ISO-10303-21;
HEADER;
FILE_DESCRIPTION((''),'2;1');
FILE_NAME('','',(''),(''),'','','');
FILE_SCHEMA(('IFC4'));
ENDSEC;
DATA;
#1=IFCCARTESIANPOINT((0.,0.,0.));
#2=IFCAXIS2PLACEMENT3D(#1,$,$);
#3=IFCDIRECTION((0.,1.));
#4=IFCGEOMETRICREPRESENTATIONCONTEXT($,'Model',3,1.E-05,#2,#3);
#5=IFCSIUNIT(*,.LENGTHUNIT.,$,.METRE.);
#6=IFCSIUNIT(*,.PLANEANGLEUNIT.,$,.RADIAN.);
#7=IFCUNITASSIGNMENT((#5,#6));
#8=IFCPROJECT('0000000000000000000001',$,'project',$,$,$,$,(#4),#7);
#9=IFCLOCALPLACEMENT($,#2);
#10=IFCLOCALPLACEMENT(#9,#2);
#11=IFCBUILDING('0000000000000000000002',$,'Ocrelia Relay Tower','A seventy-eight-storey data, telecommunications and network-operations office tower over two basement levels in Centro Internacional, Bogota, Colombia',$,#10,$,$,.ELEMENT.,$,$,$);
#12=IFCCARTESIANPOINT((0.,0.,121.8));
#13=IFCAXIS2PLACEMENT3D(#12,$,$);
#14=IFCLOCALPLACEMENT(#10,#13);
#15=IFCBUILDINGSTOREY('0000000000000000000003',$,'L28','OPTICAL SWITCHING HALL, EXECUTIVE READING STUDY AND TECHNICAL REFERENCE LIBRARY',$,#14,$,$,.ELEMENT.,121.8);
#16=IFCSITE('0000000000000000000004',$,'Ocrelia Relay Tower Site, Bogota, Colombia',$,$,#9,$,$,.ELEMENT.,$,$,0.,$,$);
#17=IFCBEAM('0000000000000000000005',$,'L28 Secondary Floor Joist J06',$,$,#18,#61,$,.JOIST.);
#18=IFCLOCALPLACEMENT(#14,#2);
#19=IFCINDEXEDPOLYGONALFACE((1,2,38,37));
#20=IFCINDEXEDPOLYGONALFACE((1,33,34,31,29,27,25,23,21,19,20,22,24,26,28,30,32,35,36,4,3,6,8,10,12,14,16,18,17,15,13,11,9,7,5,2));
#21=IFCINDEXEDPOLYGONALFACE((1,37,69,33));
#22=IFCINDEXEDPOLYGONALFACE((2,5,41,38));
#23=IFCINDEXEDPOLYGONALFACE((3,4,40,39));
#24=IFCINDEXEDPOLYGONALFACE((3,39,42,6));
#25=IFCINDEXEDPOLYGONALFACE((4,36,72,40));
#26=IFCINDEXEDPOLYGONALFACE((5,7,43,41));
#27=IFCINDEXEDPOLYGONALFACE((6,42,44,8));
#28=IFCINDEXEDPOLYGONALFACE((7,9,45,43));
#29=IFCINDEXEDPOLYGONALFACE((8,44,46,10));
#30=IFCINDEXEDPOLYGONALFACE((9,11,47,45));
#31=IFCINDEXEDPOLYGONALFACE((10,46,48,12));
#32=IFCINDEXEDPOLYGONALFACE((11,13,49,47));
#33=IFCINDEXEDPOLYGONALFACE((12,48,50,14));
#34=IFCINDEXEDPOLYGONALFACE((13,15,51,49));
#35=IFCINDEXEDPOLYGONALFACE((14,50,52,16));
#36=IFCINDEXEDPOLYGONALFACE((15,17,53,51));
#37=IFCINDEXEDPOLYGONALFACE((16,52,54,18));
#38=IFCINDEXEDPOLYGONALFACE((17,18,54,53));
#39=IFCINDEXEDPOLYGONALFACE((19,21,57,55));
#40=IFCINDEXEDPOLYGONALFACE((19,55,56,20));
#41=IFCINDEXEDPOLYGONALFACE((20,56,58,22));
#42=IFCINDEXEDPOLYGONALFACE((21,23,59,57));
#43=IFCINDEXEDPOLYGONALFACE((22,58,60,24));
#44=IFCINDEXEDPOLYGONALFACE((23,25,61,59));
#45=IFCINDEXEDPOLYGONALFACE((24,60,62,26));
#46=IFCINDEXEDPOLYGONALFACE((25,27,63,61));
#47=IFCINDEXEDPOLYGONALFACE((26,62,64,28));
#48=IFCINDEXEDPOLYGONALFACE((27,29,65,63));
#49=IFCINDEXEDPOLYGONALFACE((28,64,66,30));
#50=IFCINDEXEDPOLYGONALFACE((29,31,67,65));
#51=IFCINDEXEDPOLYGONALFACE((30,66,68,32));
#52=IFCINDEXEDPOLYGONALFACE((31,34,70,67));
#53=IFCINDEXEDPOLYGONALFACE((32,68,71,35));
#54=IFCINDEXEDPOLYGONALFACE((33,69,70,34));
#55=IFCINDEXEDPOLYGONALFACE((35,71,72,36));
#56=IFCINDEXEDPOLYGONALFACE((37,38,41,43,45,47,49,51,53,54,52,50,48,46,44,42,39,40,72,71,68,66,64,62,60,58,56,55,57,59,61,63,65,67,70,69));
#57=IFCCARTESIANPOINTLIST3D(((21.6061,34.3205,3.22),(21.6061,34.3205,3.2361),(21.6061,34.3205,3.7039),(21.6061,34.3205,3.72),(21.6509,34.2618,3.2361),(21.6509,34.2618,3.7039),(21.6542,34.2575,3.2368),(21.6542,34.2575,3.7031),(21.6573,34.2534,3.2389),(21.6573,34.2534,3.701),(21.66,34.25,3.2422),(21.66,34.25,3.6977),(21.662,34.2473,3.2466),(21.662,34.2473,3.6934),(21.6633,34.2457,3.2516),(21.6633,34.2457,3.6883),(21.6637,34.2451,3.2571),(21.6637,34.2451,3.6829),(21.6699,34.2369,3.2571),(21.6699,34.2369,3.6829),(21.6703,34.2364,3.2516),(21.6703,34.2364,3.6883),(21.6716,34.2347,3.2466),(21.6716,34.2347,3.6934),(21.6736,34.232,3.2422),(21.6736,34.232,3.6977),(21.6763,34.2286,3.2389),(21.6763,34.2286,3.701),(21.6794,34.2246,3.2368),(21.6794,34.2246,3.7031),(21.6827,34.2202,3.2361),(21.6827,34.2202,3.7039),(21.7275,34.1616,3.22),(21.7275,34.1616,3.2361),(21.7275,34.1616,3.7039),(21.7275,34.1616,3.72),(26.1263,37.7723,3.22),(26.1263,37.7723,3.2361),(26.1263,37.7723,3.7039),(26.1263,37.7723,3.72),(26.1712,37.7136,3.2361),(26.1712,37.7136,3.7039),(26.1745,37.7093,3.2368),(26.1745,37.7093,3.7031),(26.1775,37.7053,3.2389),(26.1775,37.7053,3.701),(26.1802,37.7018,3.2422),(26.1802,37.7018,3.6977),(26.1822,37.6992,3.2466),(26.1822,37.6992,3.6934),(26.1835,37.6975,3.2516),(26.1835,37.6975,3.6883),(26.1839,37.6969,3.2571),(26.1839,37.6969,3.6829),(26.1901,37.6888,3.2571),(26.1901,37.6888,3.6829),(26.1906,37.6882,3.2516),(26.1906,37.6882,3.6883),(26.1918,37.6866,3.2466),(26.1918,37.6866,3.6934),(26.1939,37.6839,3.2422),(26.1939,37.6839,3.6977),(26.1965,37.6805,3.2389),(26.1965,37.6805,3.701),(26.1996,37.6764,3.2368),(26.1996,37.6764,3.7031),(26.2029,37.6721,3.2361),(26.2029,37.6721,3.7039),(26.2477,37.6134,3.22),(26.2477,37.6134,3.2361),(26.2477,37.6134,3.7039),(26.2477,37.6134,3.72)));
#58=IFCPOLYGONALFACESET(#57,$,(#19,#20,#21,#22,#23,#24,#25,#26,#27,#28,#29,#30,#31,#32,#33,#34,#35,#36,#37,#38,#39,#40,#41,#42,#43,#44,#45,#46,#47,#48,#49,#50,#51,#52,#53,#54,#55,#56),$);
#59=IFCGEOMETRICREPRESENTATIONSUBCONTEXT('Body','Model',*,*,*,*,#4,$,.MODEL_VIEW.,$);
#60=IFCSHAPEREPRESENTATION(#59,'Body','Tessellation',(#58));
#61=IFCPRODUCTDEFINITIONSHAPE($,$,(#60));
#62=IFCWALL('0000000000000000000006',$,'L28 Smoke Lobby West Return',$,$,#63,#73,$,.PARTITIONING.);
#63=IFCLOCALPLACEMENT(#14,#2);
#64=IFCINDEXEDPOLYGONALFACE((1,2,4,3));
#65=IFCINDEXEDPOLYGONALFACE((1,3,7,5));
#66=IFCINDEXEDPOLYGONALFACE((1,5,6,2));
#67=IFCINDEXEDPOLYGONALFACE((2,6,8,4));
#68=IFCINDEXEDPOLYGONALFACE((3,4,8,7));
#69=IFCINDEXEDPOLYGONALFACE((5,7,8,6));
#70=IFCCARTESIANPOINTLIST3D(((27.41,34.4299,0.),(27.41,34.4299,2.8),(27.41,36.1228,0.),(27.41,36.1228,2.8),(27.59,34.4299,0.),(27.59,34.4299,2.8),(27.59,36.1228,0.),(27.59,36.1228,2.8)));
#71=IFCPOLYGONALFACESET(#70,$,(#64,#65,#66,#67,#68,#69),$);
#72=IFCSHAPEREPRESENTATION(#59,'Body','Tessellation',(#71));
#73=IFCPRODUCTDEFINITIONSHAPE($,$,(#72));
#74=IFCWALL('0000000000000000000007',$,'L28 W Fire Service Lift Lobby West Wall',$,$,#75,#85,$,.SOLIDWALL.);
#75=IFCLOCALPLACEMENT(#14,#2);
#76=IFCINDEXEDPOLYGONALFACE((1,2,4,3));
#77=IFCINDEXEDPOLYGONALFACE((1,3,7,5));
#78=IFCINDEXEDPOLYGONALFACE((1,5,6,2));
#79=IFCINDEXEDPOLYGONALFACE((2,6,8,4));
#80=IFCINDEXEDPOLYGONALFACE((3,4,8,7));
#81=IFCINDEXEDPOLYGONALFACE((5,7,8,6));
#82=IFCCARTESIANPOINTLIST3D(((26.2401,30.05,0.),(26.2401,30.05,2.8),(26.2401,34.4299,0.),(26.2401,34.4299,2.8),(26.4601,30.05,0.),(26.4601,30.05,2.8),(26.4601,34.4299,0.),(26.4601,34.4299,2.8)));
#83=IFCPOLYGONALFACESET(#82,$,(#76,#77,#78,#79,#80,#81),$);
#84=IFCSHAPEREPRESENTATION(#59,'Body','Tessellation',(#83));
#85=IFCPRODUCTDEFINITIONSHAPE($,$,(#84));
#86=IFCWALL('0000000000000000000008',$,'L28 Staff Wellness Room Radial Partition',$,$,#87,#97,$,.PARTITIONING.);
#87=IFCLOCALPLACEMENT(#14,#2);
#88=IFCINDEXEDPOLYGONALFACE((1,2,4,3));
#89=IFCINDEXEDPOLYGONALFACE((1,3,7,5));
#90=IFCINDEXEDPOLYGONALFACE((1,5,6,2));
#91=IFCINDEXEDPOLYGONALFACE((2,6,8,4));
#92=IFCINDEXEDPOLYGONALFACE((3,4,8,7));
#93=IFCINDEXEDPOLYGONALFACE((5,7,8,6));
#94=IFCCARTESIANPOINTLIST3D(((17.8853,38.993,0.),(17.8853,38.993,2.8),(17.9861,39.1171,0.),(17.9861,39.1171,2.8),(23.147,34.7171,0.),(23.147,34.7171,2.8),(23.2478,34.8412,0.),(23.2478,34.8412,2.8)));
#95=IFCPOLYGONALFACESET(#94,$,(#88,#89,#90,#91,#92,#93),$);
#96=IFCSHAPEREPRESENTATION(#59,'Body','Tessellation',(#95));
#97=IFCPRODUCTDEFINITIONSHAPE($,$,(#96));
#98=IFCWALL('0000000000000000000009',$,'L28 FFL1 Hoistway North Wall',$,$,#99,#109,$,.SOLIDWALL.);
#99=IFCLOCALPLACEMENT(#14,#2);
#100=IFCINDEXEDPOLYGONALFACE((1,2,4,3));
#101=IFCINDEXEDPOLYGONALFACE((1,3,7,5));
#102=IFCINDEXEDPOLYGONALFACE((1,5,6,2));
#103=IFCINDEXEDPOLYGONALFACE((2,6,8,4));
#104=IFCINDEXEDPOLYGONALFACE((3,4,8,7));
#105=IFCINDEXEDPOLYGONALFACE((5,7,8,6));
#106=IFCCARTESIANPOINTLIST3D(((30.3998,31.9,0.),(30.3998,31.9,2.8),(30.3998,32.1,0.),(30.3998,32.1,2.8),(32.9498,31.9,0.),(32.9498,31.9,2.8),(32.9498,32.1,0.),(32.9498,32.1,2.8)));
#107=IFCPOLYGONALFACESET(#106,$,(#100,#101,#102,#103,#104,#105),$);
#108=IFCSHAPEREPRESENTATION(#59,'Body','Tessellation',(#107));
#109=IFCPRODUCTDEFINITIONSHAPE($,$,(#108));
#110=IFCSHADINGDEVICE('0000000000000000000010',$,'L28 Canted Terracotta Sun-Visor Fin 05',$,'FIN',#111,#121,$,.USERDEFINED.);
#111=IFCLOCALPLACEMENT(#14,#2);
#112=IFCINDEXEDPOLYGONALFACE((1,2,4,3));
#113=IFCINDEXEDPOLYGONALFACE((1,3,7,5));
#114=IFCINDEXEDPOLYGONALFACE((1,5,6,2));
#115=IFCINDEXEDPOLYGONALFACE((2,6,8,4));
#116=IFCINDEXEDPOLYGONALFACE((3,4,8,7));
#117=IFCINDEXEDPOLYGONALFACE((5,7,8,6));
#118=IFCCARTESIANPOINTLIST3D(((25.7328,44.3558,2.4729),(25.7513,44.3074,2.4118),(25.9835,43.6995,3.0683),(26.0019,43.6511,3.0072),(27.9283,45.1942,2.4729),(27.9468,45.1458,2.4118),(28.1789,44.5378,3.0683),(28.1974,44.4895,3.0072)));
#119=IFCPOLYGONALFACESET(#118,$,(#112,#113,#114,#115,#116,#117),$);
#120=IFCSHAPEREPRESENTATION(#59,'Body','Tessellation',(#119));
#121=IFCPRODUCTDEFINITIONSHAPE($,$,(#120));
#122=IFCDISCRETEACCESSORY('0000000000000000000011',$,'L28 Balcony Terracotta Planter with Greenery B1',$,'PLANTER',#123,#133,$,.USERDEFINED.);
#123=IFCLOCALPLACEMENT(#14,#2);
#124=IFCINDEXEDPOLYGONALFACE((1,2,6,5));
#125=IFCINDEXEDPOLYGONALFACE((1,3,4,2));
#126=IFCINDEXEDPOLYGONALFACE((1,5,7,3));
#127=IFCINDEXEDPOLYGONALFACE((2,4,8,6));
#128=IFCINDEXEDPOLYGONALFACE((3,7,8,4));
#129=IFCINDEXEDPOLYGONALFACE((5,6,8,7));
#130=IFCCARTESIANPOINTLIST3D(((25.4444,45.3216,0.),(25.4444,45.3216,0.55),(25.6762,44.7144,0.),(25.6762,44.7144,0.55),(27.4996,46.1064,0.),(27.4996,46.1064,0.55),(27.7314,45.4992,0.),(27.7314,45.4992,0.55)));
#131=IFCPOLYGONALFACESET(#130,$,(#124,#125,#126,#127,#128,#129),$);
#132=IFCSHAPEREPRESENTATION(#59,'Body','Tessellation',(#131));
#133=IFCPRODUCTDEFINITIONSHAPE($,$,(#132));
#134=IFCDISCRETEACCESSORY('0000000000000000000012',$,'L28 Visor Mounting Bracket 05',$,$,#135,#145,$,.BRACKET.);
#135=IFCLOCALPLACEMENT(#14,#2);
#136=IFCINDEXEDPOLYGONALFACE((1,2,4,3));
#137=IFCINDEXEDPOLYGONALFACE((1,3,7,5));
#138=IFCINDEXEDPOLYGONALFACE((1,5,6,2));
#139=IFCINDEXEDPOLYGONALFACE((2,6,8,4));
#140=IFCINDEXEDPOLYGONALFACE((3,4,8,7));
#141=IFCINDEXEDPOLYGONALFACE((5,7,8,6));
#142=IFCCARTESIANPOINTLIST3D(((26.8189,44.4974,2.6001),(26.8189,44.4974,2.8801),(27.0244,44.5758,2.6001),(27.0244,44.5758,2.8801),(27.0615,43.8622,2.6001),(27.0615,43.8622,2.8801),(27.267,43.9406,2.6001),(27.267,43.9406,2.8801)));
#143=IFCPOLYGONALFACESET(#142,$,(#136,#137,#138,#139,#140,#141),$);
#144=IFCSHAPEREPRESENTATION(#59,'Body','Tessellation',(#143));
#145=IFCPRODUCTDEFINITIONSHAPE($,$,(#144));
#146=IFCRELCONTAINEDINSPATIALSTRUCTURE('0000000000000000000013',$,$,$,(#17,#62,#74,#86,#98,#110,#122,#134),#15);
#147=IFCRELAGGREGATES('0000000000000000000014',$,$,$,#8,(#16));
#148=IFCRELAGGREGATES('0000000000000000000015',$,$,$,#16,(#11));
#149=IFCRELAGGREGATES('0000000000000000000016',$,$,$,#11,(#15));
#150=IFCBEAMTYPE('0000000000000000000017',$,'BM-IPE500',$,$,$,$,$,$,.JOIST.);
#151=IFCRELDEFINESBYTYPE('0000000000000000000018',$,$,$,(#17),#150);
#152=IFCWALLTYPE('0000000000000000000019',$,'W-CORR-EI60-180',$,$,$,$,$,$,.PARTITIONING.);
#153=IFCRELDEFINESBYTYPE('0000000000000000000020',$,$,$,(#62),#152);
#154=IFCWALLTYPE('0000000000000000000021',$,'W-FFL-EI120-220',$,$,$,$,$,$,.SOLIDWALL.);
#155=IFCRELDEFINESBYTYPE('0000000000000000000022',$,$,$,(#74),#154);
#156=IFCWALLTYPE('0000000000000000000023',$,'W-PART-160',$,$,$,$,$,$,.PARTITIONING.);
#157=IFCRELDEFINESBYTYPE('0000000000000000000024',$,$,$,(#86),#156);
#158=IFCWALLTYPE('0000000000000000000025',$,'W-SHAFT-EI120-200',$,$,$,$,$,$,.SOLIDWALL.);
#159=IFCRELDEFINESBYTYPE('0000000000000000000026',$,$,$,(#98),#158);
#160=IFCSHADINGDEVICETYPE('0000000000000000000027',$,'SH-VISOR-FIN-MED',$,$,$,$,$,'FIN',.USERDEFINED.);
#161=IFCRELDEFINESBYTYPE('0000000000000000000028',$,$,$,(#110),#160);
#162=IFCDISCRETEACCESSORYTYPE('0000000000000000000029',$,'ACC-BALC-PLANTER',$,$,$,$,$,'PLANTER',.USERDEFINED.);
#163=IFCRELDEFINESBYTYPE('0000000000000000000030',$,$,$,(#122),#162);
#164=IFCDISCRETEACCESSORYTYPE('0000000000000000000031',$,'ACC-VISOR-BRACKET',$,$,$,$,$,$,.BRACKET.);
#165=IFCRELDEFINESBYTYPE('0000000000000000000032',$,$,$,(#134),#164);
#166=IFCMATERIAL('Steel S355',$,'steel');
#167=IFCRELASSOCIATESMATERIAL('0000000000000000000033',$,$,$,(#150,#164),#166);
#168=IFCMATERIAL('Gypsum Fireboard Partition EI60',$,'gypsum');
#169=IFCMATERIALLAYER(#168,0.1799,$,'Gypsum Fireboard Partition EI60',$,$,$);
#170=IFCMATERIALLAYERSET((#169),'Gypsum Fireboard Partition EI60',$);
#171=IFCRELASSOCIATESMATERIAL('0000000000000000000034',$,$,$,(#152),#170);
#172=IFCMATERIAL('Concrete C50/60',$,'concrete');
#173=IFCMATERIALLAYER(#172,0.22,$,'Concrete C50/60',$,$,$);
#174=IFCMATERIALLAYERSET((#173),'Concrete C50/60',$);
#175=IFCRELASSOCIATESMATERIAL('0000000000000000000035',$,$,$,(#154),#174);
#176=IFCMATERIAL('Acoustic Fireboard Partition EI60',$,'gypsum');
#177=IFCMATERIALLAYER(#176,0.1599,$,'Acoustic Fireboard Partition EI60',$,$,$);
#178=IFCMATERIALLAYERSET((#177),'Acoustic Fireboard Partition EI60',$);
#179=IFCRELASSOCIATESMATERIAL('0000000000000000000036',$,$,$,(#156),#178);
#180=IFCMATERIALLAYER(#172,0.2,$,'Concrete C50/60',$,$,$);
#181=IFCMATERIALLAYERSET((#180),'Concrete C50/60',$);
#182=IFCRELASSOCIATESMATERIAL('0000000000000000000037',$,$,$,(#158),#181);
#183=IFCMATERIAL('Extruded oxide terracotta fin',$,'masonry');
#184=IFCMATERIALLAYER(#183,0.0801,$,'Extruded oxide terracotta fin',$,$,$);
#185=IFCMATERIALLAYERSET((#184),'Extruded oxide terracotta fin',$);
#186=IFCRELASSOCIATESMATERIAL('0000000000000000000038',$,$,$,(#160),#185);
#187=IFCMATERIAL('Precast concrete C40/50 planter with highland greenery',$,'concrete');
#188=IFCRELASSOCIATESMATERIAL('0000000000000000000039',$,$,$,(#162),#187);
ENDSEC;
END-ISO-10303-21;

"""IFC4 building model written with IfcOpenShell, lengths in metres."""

from ifc_helpers import new_model, si_unit, direction, frame, frame_2d, origin, origin_2d, place, context, subcontext, project, spatial, rectangle, i_section, extrude, material, layer, layer_set, material_profile, profile_set, type_object, element, save


model = new_model("IFC4")

# Units and contexts
model_context = context("Model", 3, precision=1e-05, world=origin(), true_north=direction((0.0, 1.0)))
body_context = subcontext(model_context, "Body", "Model", "MODEL_VIEW")
ifc_project = project(units=[si_unit("LENGTHUNIT", "METRE"), si_unit("PLANEANGLEUNIT", "RADIAN")], contexts=[model_context])

# Site, building, storey
site_placement = place(None, origin())
site = spatial("IfcSite", under=ifc_project, at=site_placement, Name="Ocrelia Relay Tower Site, Bogota, Colombia", CompositionType="ELEMENT", RefElevation=0.0)
building_placement = place(site_placement, origin())
building = spatial("IfcBuilding", under=site, at=building_placement, Name="Ocrelia Relay Tower", Description="A seventy-eight-storey data, telecommunications and network-operations office tower over two basement levels in Centro Internacional, Bogota, Colombia", CompositionType="ELEMENT")
storey_placement = place(building_placement, frame((0.0, 0.0, 121.8)))
storey = spatial("IfcBuildingStorey", under=building, at=storey_placement, Name="L28", Description="OPTICAL SWITCHING HALL, EXECUTIVE READING STUDY AND TECHNICAL REFERENCE LIBRARY", CompositionType="ELEMENT", Elevation=121.8)

# Beam
ifc_material_1 = material(Name="Steel S355", Category="steel")
ifc_material_profile_1 = material_profile(ifc_material_1, i_section(OverallWidth=0.2, OverallDepth=0.5, WebThickness=0.0103, FlangeThickness=0.0161, FilletRadius=0.021, at=origin_2d()), Name="IPE 500")
ifc_profile_set_1 = profile_set([ifc_material_profile_1], Name="Steel S355")
beam_type_1 = type_object("IfcBeamType", Name="BM-IPE500", PredefinedType="JOIST", material=ifc_profile_set_1)
beam_1_placement = place(storey_placement, frame((26.187, 37.6929, 3.47), z_axis=(-0.794762, -0.606921, 0.0), x_axis=(0.606921, -0.794762, 0.0)))
element("IfcBeam", 1, at=beam_1_placement, inside=storey, type_object=beam_type_1, Name="L28 Secondary Floor Joist J06", PredefinedType="JOIST", context=body_context, shape_type="SweptSolid", body=[
    extrude(i_section(OverallWidth=0.2, OverallDepth=0.5, WebThickness=0.0103, FlangeThickness=0.0161, FilletRadius=0.021, at=origin_2d()), origin(), (0.0, 0.0, 1.0), 5.6875),
])

# Wall
ifc_material_2 = material(Name="Gypsum Fireboard Partition EI60", Category="gypsum")
ifc_layer_1 = layer(ifc_material_2, 0.1799, Name="Gypsum Fireboard Partition EI60")
ifc_layer_set_1 = layer_set([ifc_layer_1], Name="Gypsum Fireboard Partition EI60")
wall_type_1 = type_object("IfcWallType", Name="W-CORR-EI60-180", PredefinedType="PARTITIONING", material=ifc_layer_set_1)
wall_1_placement = place(storey_placement, frame((27.5, 34.4299, 0.0), z_axis=(0.0, 0.0, 1.0), x_axis=(0.0, 1.0, 0.0)))
element("IfcWall", 2, at=wall_1_placement, inside=storey, type_object=wall_type_1, Name="L28 Smoke Lobby West Return", PredefinedType="PARTITIONING", context=body_context, shape_type="SweptSolid", body=[
    extrude(rectangle(XDim=1.6929, YDim=0.1799, at=frame_2d((0.8464, 0.0))), origin(), (0.0, 0.0, 1.0), 2.8),
])

# Wall
ifc_material_3 = material(Name="Concrete C50/60", Category="concrete")
ifc_layer_2 = layer(ifc_material_3, 0.22, Name="Concrete C50/60")
ifc_layer_set_2 = layer_set([ifc_layer_2], Name="Concrete C50/60")
wall_type_2 = type_object("IfcWallType", Name="W-FFL-EI120-220", PredefinedType="SOLIDWALL", material=ifc_layer_set_2)
wall_2_placement = place(storey_placement, frame((26.3501, 30.05, 0.0), z_axis=(0.0, 0.0, 1.0), x_axis=(0.0, 1.0, 0.0)))
element("IfcWall", 3, at=wall_2_placement, inside=storey, type_object=wall_type_2, Name="L28 W Fire Service Lift Lobby West Wall", PredefinedType="SOLIDWALL", context=body_context, shape_type="SweptSolid", body=[
    extrude(rectangle(XDim=4.3799, YDim=0.22, at=frame_2d((2.1899, 0.0))), origin(), (0.0, 0.0, 1.0), 2.8),
])

# Walls
ifc_material_4 = material(Name="Acoustic Fireboard Partition EI60", Category="gypsum")
ifc_layer_3 = layer(ifc_material_4, 0.1599, Name="Acoustic Fireboard Partition EI60")
ifc_layer_set_3 = layer_set([ifc_layer_3], Name="Acoustic Fireboard Partition EI60")
wall_type_3 = type_object("IfcWallType", Name="W-PART-160", PredefinedType="PARTITIONING", material=ifc_layer_set_3)
wall_3_placement = place(storey_placement, frame((23.1975, 34.7791, 0.0), z_axis=(0.0, 0.0, 1.0), x_axis=(-0.776061, 0.630658, 0.0)))
element("IfcWall", 4, at=wall_3_placement, inside=storey, type_object=wall_type_3, Name="L28 Staff Wellness Room Radial Partition", PredefinedType="PARTITIONING", context=body_context, shape_type="SweptSolid", body=[
    extrude(rectangle(XDim=6.78, YDim=0.1599, at=frame_2d((3.3901, 0.0))), origin(), (0.0, 0.0, 1.0), 2.8),
])
ifc_layer_4 = layer(ifc_material_3, 0.2, Name="Concrete C50/60")
ifc_layer_set_4 = layer_set([ifc_layer_4], Name="Concrete C50/60")
wall_type_4 = type_object("IfcWallType", Name="W-SHAFT-EI120-200", PredefinedType="SOLIDWALL", material=ifc_layer_set_4)
wall_4_placement = place(storey_placement, frame((30.3999, 32.0, 0.0), z_axis=(0.0, 0.0, 1.0), x_axis=(1.0, 0.0, 0.0)))
element("IfcWall", 5, at=wall_4_placement, inside=storey, type_object=wall_type_4, Name="L28 FFL1 Hoistway North Wall", PredefinedType="SOLIDWALL", context=body_context, shape_type="SweptSolid", body=[
    extrude(rectangle(XDim=2.55, YDim=0.2, at=frame_2d((1.2749, 0.0))), origin(), (0.0, 0.0, 1.0), 2.8),
])

# Shading device
ifc_material_5 = material(Name="Extruded oxide terracotta fin", Category="masonry")
ifc_layer_5 = layer(ifc_material_5, 0.0801, Name="Extruded oxide terracotta fin")
ifc_layer_set_5 = layer_set([ifc_layer_5], Name="Extruded oxide terracotta fin")
shading_device_type = type_object("IfcShadingDeviceType", Name="SH-VISOR-FIN-MED", ElementType="FIN", PredefinedType="USERDEFINED", material=ifc_layer_set_5)
shading_device_placement = place(storey_placement, frame((26.9744, 44.3984, 2.7095), z_axis=(-0.230641, 0.603985, 0.762894), x_axis=(-0.934204, -0.35674, 0.0)))
element("IfcShadingDevice", 6, at=shading_device_placement, inside=storey, type_object=shading_device_type, Name="L28 Canted Terracotta Sun-Visor Fin 05", ObjectType="FIN", PredefinedType="USERDEFINED", context=body_context, shape_type="SweptSolid", body=[
    extrude(rectangle(XDim=2.3501, YDim=0.9209, at=origin_2d()), origin(), (0.0, 0.0, 1.0), 0.0801),
])

# Discrete accessories
ifc_material_6 = material(Name="Precast concrete C40/50 planter with highland greenery", Category="concrete")
discrete_accessory_type_1 = type_object("IfcDiscreteAccessoryType", Name="ACC-BALC-PLANTER", ElementType="PLANTER", PredefinedType="USERDEFINED", material=ifc_material_6)
discrete_accessory_1_placement = place(storey_placement, frame((26.5879, 45.4104, 0.0), z_axis=(0.0, 0.0, 1.0), x_axis=(0.934206, 0.356733, 0.0)))
element("IfcDiscreteAccessory", 7, at=discrete_accessory_1_placement, inside=storey, type_object=discrete_accessory_type_1, Name="L28 Balcony Terracotta Planter with Greenery B1", ObjectType="PLANTER", PredefinedType="USERDEFINED", context=body_context, shape_type="SweptSolid", body=[
    extrude(rectangle(XDim=2.2, YDim=0.6499, at=origin_2d()), origin(), (0.0, 0.0, 1.0), 0.55),
])
discrete_accessory_type_2 = type_object("IfcDiscreteAccessoryType", Name="ACC-VISOR-BRACKET", PredefinedType="BRACKET", material=ifc_material_1)
discrete_accessory_2_placement = place(storey_placement, frame((27.043, 44.219, 2.6001), z_axis=(0.0, 0.0, 1.0), x_axis=(-0.934204, -0.35674, 0.0)))
element("IfcDiscreteAccessory", 8, at=discrete_accessory_2_placement, inside=storey, type_object=discrete_accessory_type_2, Name="L28 Visor Mounting Bracket 05", PredefinedType="BRACKET", context=body_context, shape_type="SweptSolid", body=[
    extrude(rectangle(XDim=0.22, YDim=0.6799, at=origin_2d()), origin(), (0.0, 0.0, 1.0), 0.28),
])

save(model, "model.ifc")
